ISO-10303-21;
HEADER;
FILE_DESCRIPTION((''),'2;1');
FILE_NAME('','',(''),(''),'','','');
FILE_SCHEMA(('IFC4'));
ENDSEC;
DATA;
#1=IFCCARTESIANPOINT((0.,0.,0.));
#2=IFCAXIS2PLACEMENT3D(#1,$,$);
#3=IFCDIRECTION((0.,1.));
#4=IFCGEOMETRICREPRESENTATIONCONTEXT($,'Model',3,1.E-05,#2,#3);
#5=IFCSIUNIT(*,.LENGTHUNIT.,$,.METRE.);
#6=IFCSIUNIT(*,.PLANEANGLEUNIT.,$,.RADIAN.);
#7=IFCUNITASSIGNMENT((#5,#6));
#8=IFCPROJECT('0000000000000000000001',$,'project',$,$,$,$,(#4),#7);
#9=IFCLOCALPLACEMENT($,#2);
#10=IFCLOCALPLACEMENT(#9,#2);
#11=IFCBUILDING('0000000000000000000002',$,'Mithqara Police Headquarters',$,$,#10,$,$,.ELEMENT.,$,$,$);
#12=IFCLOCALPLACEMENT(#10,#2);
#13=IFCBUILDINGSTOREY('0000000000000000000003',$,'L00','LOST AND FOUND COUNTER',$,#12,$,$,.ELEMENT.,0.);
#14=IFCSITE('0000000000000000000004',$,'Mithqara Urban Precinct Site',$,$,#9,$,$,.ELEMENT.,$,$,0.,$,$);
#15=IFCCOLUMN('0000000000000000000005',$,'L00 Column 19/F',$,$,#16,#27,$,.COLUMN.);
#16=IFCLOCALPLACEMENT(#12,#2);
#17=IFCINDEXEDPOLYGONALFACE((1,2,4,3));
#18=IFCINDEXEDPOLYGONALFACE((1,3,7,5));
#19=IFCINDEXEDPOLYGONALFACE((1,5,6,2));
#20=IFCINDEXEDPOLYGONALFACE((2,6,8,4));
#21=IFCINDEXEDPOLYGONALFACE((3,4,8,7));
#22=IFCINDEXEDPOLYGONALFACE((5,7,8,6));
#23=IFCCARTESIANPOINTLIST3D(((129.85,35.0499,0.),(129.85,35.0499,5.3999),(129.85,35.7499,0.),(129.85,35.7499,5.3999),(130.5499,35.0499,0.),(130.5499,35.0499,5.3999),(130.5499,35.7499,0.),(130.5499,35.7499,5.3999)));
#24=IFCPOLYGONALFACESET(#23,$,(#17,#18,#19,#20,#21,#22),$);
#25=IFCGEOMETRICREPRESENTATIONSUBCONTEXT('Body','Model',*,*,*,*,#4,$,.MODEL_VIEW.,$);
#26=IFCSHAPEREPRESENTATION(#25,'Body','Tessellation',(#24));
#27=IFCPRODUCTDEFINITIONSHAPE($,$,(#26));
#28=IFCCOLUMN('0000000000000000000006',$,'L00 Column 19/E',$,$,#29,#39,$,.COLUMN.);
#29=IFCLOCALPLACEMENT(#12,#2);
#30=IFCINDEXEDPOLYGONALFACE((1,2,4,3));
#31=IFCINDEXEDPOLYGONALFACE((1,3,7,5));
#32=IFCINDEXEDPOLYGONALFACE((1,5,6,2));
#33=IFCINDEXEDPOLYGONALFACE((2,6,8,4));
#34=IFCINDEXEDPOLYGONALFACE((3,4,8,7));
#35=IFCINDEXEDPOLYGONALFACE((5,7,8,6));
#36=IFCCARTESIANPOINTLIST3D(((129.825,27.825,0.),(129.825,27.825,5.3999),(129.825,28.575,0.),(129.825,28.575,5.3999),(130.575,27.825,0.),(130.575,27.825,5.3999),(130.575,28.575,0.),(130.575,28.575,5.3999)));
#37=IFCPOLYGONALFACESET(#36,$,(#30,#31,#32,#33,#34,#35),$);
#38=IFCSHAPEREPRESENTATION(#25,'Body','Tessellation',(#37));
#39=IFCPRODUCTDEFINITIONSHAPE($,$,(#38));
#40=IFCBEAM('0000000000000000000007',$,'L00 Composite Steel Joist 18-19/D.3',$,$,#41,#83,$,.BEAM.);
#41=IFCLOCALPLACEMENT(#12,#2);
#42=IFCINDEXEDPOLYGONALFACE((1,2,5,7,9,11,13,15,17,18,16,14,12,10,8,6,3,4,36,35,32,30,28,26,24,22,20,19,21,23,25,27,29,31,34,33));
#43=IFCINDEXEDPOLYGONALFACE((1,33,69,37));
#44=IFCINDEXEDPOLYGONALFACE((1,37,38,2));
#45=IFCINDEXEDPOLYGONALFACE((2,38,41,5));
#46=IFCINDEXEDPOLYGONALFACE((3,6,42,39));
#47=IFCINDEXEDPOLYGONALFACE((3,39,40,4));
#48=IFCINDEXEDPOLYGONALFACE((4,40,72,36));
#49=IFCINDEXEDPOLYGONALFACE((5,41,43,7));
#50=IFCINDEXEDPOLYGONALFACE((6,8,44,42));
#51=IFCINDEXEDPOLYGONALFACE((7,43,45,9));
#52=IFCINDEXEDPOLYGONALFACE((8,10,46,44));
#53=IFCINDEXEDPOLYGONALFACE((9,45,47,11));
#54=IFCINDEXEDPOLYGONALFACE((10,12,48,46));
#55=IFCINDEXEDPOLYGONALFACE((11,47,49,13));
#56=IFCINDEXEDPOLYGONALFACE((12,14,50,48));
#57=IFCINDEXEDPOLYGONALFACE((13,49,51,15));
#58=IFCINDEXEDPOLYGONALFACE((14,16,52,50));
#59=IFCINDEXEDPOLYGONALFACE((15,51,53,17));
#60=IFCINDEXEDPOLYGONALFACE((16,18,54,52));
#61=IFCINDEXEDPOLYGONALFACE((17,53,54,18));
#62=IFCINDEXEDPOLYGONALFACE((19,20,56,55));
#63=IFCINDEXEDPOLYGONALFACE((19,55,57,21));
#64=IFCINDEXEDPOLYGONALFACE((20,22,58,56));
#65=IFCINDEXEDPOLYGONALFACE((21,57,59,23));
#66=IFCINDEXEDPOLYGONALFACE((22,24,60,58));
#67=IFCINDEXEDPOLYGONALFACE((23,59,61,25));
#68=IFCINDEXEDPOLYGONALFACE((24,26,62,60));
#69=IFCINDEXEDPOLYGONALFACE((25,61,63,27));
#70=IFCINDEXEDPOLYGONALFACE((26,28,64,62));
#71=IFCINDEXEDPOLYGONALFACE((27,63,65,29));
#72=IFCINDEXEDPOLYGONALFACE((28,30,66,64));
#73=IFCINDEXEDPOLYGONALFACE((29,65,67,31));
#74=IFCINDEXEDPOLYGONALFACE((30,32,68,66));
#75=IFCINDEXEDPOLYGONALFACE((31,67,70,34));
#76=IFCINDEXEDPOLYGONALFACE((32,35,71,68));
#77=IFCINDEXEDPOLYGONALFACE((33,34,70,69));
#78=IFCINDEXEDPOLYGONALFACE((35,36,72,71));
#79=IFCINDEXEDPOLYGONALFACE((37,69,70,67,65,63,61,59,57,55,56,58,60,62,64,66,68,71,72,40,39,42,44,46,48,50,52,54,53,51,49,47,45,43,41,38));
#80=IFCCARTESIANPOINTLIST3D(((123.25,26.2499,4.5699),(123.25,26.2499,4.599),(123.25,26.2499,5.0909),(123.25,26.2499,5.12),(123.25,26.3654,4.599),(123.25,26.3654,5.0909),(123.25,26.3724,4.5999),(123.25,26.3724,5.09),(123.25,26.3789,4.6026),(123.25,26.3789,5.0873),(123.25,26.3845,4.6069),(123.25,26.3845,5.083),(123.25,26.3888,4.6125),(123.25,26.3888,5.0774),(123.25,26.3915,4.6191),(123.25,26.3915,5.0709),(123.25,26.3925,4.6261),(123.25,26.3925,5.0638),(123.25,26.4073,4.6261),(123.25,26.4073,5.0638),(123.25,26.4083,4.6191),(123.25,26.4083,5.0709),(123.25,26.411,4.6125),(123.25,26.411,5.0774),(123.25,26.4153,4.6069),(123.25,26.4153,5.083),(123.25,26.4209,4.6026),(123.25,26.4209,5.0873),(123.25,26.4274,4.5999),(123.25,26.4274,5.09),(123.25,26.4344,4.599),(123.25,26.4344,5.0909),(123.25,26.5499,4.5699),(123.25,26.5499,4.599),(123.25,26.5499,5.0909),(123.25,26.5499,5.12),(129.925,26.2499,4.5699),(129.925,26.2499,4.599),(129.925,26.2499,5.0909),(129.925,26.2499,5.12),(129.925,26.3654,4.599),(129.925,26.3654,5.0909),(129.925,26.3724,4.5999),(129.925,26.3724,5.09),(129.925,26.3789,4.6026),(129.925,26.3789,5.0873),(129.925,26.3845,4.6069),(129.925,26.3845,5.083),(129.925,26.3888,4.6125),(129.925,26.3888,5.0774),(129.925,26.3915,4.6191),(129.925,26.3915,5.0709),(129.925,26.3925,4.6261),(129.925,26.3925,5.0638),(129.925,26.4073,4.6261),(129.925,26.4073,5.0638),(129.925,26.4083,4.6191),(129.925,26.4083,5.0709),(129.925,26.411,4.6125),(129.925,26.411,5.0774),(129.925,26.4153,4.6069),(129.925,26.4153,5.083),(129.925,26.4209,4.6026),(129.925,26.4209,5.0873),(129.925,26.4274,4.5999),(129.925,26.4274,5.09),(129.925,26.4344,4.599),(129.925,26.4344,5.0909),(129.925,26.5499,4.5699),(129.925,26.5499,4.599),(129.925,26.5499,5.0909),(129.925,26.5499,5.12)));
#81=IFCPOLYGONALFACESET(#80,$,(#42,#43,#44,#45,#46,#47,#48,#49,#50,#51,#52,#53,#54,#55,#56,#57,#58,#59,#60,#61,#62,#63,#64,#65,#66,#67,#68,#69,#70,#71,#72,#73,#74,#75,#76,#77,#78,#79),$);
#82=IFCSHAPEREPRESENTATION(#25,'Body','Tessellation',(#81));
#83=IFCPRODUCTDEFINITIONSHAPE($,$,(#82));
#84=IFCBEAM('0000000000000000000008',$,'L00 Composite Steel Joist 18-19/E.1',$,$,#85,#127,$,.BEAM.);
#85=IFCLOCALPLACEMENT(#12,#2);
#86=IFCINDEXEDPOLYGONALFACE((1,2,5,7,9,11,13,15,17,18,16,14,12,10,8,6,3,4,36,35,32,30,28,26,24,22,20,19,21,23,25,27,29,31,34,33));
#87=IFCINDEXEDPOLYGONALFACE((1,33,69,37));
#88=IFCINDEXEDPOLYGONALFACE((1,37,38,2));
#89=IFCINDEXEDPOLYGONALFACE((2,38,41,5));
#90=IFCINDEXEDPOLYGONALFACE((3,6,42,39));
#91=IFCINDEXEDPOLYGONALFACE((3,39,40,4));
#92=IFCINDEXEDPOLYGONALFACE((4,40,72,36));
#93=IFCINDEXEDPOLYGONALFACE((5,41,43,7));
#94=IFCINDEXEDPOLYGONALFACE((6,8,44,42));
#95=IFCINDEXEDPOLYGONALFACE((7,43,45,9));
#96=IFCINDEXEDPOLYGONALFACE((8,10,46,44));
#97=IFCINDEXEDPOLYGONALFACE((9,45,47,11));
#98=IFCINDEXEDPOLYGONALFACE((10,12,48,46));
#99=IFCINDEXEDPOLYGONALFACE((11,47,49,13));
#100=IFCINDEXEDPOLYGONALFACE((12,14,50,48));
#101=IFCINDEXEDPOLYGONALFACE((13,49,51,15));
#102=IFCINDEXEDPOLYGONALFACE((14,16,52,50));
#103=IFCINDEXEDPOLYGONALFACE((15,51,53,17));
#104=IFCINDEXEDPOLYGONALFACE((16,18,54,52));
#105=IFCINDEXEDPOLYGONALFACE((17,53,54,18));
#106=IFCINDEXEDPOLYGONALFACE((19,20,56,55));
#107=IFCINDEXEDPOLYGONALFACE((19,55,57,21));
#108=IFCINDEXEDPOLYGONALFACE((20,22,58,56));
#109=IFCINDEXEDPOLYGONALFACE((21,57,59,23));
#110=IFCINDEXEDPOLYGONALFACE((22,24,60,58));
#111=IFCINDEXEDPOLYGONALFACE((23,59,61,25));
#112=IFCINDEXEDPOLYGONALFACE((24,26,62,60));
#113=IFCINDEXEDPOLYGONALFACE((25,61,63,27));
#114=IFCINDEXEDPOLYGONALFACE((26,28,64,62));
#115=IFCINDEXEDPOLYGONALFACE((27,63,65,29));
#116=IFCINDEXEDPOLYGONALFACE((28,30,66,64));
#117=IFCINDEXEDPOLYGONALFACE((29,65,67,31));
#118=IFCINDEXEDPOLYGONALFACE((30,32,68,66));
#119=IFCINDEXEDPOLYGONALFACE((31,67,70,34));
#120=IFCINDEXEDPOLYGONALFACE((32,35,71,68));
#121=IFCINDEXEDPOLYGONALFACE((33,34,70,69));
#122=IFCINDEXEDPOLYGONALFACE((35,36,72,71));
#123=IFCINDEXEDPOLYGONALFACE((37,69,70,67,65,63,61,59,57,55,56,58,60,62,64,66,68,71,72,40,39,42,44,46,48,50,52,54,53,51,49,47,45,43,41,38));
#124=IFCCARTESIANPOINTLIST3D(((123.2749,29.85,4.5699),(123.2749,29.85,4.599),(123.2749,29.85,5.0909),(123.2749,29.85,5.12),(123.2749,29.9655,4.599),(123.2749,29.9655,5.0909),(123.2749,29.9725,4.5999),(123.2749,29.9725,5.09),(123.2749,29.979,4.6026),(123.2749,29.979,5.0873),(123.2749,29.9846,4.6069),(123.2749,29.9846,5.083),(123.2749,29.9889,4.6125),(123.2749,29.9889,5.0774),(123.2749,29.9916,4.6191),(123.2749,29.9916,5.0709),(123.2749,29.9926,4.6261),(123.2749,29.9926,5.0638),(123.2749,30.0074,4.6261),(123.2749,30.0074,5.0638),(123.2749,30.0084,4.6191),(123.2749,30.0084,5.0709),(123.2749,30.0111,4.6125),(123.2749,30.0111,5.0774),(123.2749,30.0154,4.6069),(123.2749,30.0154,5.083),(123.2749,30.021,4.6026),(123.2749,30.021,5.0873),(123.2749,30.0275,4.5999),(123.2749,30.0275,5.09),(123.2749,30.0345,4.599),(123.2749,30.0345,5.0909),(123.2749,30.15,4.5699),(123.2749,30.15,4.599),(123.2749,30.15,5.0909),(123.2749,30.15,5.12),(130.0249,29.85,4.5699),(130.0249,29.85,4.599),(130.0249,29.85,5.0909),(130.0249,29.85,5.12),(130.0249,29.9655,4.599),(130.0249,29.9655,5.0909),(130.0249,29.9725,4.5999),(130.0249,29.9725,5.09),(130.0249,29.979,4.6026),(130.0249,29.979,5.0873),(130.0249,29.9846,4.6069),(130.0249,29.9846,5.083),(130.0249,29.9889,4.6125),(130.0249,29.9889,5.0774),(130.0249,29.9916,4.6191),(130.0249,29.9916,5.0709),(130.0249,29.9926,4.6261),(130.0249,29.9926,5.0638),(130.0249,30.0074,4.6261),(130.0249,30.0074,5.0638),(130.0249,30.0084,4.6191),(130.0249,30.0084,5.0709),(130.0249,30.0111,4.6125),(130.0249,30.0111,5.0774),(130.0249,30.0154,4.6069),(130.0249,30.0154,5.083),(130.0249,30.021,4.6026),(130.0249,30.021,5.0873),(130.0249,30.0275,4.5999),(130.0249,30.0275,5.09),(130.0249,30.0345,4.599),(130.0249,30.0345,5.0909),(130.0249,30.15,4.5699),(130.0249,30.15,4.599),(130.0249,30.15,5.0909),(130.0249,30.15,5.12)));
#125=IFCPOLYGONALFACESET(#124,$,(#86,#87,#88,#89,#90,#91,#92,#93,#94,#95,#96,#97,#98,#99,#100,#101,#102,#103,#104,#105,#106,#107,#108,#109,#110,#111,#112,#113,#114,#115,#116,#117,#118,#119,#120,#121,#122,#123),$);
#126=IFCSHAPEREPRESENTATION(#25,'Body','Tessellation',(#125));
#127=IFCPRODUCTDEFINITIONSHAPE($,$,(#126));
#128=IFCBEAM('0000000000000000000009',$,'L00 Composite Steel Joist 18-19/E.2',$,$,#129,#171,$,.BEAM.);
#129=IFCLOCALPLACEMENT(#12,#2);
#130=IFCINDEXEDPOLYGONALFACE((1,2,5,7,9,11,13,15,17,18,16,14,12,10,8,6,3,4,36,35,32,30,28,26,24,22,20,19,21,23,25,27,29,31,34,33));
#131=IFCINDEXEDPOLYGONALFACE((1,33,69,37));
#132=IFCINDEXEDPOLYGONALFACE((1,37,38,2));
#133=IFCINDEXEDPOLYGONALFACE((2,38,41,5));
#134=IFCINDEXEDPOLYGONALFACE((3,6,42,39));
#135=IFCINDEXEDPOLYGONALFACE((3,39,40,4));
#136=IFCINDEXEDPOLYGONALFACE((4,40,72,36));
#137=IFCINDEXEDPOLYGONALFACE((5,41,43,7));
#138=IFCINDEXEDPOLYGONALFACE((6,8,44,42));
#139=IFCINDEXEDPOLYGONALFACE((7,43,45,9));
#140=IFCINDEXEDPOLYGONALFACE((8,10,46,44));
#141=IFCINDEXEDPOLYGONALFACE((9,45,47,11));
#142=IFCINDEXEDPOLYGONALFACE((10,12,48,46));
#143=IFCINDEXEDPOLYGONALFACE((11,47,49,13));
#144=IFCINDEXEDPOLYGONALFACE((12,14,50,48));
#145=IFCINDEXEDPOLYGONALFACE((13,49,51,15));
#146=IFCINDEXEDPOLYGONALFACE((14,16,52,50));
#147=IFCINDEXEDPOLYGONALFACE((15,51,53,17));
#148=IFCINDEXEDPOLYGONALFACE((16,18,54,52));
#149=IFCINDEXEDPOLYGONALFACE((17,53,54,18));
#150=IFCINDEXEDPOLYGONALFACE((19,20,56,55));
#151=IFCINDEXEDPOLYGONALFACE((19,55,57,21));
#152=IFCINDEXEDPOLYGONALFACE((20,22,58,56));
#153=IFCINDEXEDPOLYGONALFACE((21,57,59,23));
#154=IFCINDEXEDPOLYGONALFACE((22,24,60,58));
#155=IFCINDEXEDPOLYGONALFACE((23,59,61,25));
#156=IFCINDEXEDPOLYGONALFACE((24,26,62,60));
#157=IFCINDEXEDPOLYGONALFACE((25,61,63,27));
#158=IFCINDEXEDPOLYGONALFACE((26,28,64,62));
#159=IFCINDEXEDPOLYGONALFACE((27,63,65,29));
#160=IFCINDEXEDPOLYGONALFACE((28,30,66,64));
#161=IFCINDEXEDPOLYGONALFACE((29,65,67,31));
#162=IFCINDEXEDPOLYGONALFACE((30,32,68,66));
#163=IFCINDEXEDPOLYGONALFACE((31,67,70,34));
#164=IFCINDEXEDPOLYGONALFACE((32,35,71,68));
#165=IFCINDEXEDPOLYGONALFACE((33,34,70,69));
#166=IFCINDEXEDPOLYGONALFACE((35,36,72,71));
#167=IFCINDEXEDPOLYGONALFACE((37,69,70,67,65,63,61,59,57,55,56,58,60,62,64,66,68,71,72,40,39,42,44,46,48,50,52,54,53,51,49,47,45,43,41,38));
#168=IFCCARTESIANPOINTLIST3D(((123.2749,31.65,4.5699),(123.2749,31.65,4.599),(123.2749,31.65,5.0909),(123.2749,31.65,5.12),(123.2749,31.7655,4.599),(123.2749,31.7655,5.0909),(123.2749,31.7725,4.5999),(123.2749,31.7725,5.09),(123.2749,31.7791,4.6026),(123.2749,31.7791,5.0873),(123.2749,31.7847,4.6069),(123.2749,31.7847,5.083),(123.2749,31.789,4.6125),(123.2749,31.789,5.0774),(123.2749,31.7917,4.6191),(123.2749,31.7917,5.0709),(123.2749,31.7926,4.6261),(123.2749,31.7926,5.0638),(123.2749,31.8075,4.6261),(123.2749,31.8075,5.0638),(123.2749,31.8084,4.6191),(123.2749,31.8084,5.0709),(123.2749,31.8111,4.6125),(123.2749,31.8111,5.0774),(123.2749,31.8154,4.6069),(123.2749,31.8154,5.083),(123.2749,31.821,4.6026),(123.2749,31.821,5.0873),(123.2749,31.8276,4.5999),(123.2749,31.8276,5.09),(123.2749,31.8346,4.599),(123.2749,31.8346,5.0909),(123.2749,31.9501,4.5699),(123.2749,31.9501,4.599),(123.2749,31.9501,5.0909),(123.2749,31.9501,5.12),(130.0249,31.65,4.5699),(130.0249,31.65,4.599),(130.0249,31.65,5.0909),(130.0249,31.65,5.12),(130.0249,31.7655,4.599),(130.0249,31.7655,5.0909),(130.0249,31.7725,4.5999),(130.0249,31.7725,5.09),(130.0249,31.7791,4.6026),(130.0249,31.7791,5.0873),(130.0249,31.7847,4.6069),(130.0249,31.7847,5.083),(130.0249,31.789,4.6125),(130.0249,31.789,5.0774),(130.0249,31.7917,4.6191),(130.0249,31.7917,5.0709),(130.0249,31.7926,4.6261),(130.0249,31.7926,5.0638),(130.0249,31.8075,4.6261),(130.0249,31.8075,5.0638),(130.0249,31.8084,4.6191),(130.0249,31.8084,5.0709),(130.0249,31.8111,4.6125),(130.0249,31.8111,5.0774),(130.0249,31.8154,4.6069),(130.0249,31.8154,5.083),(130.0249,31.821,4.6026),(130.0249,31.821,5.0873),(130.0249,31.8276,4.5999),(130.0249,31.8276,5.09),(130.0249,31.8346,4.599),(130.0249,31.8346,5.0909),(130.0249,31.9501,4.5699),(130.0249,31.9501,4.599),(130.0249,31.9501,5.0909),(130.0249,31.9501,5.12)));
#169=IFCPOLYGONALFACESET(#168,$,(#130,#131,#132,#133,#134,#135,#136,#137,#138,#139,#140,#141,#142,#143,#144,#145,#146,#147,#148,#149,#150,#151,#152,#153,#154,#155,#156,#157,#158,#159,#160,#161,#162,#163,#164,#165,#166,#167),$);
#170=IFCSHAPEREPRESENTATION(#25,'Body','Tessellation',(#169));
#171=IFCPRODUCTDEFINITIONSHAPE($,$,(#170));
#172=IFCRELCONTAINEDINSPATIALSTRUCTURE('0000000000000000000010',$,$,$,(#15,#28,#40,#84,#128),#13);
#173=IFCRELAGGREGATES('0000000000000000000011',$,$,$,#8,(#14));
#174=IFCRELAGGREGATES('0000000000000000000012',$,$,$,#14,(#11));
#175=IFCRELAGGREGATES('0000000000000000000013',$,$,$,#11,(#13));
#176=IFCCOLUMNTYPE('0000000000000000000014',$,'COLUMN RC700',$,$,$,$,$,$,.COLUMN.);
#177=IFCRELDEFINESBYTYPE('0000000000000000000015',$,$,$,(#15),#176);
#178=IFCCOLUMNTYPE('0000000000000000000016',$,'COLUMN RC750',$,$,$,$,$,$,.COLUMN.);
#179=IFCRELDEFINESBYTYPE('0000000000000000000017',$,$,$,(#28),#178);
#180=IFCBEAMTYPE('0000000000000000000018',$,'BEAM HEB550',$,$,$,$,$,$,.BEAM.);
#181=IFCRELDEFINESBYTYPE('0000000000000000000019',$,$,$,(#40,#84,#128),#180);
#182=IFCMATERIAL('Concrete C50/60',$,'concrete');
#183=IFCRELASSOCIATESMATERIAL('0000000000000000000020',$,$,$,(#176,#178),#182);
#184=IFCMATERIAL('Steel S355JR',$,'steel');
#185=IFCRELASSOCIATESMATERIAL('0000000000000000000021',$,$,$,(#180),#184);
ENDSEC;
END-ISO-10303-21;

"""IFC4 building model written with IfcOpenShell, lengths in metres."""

from ifc_helpers import new_model, si_unit, direction, frame, origin, origin_2d, place, context, subcontext, project, spatial, rectangle, i_section, extrude, material, material_profile, profile_set, type_object, element, save


model = new_model("IFC4")

# Units and contexts
model_context = context("Model", 3, precision=1e-05, world=origin(), true_north=direction((0.0, 1.0)))
body_context = subcontext(model_context, "Body", "Model", "MODEL_VIEW")
ifc_project = project(units=[si_unit("LENGTHUNIT", "METRE"), si_unit("PLANEANGLEUNIT", "RADIAN")], contexts=[model_context])

# Site, building, storey
site_placement = place(None, origin())
site = spatial("IfcSite", under=ifc_project, at=site_placement, Name="Mithqara Urban Precinct Site", CompositionType="ELEMENT", RefElevation=0.0)
building_placement = place(site_placement, origin())
building = spatial("IfcBuilding", under=site, at=building_placement, Name="Mithqara Police Headquarters", CompositionType="ELEMENT")
storey_placement = place(building_placement, origin())
storey = spatial("IfcBuildingStorey", under=building, at=storey_placement, Name="L00", Description="LOST AND FOUND COUNTER", CompositionType="ELEMENT", Elevation=0.0)

# Columns
ifc_material_1 = material(Name="Concrete C50/60", Category="concrete")
ifc_material_profile_1 = material_profile(ifc_material_1, rectangle(XDim=0.7, YDim=0.7, at=origin_2d()), Name="RC 700x700")
ifc_profile_set_1 = profile_set([ifc_material_profile_1], Name="Concrete C50/60")
column_type_1 = type_object("IfcColumnType", Name="COLUMN RC700", PredefinedType="COLUMN", material=ifc_profile_set_1)
column_1_placement = place(storey_placement, frame((130.2, 35.3999, 0.0), z_axis=(0.0, 0.0, 1.0), x_axis=(1.0, 0.0, 0.0)))
element("IfcColumn", 1, at=column_1_placement, inside=storey, type_object=column_type_1, Name="L00 Column 19/F", PredefinedType="COLUMN", context=body_context, shape_type="SweptSolid", body=[
    extrude(rectangle(XDim=0.7, YDim=0.7, at=origin_2d()), origin(), (0.0, 0.0, 1.0), 5.3999),
])
ifc_material_profile_2 = material_profile(ifc_material_1, rectangle(XDim=0.75, YDim=0.75, at=origin_2d()), Name="RC 750x750")
ifc_profile_set_2 = profile_set([ifc_material_profile_2], Name="Concrete C50/60")
column_type_2 = type_object("IfcColumnType", Name="COLUMN RC750", PredefinedType="COLUMN", material=ifc_profile_set_2)
column_2_placement = place(storey_placement, frame((130.2, 28.2, 0.0), z_axis=(0.0, 0.0, 1.0), x_axis=(1.0, 0.0, 0.0)))
element("IfcColumn", 2, at=column_2_placement, inside=storey, type_object=column_type_2, Name="L00 Column 19/E", PredefinedType="COLUMN", context=body_context, shape_type="SweptSolid", body=[
    extrude(rectangle(XDim=0.75, YDim=0.75, at=origin_2d()), origin(), (0.0, 0.0, 1.0), 5.3999),
])

# Beams
ifc_material_2 = material(Name="Steel S355JR", Category="steel")
ifc_material_profile_3 = material_profile(ifc_material_2, i_section(OverallWidth=0.3, OverallDepth=0.55, WebThickness=0.0149, FlangeThickness=0.0291, FilletRadius=0.0271, at=origin_2d()), Name="HEB 550")
ifc_profile_set_3 = profile_set([ifc_material_profile_3], Name="Steel S355JR")
beam_type_1 = type_object("IfcBeamType", Name="BEAM HEB550", PredefinedType="BEAM", material=ifc_profile_set_3)
beam_1_placement = place(storey_placement, frame((123.25, 26.3999, 4.845), z_axis=(1.0, 0.0, 0.0), x_axis=(0.0, 1.0, 0.0)))
element("IfcBeam", 3, at=beam_1_placement, inside=storey, type_object=beam_type_1, Name="L00 Composite Steel Joist 18-19/D.3", PredefinedType="BEAM", context=body_context, shape_type="SweptSolid", body=[
    extrude(i_section(OverallWidth=0.3, OverallDepth=0.55, WebThickness=0.0149, FlangeThickness=0.0291, FilletRadius=0.0271, at=origin_2d()), origin(), (0.0, 0.0, 1.0), 6.675),
])
for number, where, z_axis, x_axis, name in (
    (4, (123.2749, 30.0, 4.845), (1.0, 0.0, 0.0), (0.0, 1.0, 0.0), "L00 Composite Steel Joist 18-19/E.1"),
    (5, (123.2749, 31.8, 4.845), (1.0, 0.0, 0.0), (0.0, 1.0, 0.0), "L00 Composite Steel Joist 18-19/E.2"),
):
    element("IfcBeam", number, at=place(storey_placement, frame(where, z_axis=z_axis, x_axis=x_axis)), inside=storey, type_object=beam_type_1, Name=name, PredefinedType="BEAM", context=body_context, shape_type="SweptSolid", body=[
        extrude(i_section(OverallWidth=0.3, OverallDepth=0.55, WebThickness=0.0149, FlangeThickness=0.0291, FilletRadius=0.0271, at=origin_2d()), origin(), (0.0, 0.0, 1.0), 6.75),
    ])

save(model, "model.ifc")
